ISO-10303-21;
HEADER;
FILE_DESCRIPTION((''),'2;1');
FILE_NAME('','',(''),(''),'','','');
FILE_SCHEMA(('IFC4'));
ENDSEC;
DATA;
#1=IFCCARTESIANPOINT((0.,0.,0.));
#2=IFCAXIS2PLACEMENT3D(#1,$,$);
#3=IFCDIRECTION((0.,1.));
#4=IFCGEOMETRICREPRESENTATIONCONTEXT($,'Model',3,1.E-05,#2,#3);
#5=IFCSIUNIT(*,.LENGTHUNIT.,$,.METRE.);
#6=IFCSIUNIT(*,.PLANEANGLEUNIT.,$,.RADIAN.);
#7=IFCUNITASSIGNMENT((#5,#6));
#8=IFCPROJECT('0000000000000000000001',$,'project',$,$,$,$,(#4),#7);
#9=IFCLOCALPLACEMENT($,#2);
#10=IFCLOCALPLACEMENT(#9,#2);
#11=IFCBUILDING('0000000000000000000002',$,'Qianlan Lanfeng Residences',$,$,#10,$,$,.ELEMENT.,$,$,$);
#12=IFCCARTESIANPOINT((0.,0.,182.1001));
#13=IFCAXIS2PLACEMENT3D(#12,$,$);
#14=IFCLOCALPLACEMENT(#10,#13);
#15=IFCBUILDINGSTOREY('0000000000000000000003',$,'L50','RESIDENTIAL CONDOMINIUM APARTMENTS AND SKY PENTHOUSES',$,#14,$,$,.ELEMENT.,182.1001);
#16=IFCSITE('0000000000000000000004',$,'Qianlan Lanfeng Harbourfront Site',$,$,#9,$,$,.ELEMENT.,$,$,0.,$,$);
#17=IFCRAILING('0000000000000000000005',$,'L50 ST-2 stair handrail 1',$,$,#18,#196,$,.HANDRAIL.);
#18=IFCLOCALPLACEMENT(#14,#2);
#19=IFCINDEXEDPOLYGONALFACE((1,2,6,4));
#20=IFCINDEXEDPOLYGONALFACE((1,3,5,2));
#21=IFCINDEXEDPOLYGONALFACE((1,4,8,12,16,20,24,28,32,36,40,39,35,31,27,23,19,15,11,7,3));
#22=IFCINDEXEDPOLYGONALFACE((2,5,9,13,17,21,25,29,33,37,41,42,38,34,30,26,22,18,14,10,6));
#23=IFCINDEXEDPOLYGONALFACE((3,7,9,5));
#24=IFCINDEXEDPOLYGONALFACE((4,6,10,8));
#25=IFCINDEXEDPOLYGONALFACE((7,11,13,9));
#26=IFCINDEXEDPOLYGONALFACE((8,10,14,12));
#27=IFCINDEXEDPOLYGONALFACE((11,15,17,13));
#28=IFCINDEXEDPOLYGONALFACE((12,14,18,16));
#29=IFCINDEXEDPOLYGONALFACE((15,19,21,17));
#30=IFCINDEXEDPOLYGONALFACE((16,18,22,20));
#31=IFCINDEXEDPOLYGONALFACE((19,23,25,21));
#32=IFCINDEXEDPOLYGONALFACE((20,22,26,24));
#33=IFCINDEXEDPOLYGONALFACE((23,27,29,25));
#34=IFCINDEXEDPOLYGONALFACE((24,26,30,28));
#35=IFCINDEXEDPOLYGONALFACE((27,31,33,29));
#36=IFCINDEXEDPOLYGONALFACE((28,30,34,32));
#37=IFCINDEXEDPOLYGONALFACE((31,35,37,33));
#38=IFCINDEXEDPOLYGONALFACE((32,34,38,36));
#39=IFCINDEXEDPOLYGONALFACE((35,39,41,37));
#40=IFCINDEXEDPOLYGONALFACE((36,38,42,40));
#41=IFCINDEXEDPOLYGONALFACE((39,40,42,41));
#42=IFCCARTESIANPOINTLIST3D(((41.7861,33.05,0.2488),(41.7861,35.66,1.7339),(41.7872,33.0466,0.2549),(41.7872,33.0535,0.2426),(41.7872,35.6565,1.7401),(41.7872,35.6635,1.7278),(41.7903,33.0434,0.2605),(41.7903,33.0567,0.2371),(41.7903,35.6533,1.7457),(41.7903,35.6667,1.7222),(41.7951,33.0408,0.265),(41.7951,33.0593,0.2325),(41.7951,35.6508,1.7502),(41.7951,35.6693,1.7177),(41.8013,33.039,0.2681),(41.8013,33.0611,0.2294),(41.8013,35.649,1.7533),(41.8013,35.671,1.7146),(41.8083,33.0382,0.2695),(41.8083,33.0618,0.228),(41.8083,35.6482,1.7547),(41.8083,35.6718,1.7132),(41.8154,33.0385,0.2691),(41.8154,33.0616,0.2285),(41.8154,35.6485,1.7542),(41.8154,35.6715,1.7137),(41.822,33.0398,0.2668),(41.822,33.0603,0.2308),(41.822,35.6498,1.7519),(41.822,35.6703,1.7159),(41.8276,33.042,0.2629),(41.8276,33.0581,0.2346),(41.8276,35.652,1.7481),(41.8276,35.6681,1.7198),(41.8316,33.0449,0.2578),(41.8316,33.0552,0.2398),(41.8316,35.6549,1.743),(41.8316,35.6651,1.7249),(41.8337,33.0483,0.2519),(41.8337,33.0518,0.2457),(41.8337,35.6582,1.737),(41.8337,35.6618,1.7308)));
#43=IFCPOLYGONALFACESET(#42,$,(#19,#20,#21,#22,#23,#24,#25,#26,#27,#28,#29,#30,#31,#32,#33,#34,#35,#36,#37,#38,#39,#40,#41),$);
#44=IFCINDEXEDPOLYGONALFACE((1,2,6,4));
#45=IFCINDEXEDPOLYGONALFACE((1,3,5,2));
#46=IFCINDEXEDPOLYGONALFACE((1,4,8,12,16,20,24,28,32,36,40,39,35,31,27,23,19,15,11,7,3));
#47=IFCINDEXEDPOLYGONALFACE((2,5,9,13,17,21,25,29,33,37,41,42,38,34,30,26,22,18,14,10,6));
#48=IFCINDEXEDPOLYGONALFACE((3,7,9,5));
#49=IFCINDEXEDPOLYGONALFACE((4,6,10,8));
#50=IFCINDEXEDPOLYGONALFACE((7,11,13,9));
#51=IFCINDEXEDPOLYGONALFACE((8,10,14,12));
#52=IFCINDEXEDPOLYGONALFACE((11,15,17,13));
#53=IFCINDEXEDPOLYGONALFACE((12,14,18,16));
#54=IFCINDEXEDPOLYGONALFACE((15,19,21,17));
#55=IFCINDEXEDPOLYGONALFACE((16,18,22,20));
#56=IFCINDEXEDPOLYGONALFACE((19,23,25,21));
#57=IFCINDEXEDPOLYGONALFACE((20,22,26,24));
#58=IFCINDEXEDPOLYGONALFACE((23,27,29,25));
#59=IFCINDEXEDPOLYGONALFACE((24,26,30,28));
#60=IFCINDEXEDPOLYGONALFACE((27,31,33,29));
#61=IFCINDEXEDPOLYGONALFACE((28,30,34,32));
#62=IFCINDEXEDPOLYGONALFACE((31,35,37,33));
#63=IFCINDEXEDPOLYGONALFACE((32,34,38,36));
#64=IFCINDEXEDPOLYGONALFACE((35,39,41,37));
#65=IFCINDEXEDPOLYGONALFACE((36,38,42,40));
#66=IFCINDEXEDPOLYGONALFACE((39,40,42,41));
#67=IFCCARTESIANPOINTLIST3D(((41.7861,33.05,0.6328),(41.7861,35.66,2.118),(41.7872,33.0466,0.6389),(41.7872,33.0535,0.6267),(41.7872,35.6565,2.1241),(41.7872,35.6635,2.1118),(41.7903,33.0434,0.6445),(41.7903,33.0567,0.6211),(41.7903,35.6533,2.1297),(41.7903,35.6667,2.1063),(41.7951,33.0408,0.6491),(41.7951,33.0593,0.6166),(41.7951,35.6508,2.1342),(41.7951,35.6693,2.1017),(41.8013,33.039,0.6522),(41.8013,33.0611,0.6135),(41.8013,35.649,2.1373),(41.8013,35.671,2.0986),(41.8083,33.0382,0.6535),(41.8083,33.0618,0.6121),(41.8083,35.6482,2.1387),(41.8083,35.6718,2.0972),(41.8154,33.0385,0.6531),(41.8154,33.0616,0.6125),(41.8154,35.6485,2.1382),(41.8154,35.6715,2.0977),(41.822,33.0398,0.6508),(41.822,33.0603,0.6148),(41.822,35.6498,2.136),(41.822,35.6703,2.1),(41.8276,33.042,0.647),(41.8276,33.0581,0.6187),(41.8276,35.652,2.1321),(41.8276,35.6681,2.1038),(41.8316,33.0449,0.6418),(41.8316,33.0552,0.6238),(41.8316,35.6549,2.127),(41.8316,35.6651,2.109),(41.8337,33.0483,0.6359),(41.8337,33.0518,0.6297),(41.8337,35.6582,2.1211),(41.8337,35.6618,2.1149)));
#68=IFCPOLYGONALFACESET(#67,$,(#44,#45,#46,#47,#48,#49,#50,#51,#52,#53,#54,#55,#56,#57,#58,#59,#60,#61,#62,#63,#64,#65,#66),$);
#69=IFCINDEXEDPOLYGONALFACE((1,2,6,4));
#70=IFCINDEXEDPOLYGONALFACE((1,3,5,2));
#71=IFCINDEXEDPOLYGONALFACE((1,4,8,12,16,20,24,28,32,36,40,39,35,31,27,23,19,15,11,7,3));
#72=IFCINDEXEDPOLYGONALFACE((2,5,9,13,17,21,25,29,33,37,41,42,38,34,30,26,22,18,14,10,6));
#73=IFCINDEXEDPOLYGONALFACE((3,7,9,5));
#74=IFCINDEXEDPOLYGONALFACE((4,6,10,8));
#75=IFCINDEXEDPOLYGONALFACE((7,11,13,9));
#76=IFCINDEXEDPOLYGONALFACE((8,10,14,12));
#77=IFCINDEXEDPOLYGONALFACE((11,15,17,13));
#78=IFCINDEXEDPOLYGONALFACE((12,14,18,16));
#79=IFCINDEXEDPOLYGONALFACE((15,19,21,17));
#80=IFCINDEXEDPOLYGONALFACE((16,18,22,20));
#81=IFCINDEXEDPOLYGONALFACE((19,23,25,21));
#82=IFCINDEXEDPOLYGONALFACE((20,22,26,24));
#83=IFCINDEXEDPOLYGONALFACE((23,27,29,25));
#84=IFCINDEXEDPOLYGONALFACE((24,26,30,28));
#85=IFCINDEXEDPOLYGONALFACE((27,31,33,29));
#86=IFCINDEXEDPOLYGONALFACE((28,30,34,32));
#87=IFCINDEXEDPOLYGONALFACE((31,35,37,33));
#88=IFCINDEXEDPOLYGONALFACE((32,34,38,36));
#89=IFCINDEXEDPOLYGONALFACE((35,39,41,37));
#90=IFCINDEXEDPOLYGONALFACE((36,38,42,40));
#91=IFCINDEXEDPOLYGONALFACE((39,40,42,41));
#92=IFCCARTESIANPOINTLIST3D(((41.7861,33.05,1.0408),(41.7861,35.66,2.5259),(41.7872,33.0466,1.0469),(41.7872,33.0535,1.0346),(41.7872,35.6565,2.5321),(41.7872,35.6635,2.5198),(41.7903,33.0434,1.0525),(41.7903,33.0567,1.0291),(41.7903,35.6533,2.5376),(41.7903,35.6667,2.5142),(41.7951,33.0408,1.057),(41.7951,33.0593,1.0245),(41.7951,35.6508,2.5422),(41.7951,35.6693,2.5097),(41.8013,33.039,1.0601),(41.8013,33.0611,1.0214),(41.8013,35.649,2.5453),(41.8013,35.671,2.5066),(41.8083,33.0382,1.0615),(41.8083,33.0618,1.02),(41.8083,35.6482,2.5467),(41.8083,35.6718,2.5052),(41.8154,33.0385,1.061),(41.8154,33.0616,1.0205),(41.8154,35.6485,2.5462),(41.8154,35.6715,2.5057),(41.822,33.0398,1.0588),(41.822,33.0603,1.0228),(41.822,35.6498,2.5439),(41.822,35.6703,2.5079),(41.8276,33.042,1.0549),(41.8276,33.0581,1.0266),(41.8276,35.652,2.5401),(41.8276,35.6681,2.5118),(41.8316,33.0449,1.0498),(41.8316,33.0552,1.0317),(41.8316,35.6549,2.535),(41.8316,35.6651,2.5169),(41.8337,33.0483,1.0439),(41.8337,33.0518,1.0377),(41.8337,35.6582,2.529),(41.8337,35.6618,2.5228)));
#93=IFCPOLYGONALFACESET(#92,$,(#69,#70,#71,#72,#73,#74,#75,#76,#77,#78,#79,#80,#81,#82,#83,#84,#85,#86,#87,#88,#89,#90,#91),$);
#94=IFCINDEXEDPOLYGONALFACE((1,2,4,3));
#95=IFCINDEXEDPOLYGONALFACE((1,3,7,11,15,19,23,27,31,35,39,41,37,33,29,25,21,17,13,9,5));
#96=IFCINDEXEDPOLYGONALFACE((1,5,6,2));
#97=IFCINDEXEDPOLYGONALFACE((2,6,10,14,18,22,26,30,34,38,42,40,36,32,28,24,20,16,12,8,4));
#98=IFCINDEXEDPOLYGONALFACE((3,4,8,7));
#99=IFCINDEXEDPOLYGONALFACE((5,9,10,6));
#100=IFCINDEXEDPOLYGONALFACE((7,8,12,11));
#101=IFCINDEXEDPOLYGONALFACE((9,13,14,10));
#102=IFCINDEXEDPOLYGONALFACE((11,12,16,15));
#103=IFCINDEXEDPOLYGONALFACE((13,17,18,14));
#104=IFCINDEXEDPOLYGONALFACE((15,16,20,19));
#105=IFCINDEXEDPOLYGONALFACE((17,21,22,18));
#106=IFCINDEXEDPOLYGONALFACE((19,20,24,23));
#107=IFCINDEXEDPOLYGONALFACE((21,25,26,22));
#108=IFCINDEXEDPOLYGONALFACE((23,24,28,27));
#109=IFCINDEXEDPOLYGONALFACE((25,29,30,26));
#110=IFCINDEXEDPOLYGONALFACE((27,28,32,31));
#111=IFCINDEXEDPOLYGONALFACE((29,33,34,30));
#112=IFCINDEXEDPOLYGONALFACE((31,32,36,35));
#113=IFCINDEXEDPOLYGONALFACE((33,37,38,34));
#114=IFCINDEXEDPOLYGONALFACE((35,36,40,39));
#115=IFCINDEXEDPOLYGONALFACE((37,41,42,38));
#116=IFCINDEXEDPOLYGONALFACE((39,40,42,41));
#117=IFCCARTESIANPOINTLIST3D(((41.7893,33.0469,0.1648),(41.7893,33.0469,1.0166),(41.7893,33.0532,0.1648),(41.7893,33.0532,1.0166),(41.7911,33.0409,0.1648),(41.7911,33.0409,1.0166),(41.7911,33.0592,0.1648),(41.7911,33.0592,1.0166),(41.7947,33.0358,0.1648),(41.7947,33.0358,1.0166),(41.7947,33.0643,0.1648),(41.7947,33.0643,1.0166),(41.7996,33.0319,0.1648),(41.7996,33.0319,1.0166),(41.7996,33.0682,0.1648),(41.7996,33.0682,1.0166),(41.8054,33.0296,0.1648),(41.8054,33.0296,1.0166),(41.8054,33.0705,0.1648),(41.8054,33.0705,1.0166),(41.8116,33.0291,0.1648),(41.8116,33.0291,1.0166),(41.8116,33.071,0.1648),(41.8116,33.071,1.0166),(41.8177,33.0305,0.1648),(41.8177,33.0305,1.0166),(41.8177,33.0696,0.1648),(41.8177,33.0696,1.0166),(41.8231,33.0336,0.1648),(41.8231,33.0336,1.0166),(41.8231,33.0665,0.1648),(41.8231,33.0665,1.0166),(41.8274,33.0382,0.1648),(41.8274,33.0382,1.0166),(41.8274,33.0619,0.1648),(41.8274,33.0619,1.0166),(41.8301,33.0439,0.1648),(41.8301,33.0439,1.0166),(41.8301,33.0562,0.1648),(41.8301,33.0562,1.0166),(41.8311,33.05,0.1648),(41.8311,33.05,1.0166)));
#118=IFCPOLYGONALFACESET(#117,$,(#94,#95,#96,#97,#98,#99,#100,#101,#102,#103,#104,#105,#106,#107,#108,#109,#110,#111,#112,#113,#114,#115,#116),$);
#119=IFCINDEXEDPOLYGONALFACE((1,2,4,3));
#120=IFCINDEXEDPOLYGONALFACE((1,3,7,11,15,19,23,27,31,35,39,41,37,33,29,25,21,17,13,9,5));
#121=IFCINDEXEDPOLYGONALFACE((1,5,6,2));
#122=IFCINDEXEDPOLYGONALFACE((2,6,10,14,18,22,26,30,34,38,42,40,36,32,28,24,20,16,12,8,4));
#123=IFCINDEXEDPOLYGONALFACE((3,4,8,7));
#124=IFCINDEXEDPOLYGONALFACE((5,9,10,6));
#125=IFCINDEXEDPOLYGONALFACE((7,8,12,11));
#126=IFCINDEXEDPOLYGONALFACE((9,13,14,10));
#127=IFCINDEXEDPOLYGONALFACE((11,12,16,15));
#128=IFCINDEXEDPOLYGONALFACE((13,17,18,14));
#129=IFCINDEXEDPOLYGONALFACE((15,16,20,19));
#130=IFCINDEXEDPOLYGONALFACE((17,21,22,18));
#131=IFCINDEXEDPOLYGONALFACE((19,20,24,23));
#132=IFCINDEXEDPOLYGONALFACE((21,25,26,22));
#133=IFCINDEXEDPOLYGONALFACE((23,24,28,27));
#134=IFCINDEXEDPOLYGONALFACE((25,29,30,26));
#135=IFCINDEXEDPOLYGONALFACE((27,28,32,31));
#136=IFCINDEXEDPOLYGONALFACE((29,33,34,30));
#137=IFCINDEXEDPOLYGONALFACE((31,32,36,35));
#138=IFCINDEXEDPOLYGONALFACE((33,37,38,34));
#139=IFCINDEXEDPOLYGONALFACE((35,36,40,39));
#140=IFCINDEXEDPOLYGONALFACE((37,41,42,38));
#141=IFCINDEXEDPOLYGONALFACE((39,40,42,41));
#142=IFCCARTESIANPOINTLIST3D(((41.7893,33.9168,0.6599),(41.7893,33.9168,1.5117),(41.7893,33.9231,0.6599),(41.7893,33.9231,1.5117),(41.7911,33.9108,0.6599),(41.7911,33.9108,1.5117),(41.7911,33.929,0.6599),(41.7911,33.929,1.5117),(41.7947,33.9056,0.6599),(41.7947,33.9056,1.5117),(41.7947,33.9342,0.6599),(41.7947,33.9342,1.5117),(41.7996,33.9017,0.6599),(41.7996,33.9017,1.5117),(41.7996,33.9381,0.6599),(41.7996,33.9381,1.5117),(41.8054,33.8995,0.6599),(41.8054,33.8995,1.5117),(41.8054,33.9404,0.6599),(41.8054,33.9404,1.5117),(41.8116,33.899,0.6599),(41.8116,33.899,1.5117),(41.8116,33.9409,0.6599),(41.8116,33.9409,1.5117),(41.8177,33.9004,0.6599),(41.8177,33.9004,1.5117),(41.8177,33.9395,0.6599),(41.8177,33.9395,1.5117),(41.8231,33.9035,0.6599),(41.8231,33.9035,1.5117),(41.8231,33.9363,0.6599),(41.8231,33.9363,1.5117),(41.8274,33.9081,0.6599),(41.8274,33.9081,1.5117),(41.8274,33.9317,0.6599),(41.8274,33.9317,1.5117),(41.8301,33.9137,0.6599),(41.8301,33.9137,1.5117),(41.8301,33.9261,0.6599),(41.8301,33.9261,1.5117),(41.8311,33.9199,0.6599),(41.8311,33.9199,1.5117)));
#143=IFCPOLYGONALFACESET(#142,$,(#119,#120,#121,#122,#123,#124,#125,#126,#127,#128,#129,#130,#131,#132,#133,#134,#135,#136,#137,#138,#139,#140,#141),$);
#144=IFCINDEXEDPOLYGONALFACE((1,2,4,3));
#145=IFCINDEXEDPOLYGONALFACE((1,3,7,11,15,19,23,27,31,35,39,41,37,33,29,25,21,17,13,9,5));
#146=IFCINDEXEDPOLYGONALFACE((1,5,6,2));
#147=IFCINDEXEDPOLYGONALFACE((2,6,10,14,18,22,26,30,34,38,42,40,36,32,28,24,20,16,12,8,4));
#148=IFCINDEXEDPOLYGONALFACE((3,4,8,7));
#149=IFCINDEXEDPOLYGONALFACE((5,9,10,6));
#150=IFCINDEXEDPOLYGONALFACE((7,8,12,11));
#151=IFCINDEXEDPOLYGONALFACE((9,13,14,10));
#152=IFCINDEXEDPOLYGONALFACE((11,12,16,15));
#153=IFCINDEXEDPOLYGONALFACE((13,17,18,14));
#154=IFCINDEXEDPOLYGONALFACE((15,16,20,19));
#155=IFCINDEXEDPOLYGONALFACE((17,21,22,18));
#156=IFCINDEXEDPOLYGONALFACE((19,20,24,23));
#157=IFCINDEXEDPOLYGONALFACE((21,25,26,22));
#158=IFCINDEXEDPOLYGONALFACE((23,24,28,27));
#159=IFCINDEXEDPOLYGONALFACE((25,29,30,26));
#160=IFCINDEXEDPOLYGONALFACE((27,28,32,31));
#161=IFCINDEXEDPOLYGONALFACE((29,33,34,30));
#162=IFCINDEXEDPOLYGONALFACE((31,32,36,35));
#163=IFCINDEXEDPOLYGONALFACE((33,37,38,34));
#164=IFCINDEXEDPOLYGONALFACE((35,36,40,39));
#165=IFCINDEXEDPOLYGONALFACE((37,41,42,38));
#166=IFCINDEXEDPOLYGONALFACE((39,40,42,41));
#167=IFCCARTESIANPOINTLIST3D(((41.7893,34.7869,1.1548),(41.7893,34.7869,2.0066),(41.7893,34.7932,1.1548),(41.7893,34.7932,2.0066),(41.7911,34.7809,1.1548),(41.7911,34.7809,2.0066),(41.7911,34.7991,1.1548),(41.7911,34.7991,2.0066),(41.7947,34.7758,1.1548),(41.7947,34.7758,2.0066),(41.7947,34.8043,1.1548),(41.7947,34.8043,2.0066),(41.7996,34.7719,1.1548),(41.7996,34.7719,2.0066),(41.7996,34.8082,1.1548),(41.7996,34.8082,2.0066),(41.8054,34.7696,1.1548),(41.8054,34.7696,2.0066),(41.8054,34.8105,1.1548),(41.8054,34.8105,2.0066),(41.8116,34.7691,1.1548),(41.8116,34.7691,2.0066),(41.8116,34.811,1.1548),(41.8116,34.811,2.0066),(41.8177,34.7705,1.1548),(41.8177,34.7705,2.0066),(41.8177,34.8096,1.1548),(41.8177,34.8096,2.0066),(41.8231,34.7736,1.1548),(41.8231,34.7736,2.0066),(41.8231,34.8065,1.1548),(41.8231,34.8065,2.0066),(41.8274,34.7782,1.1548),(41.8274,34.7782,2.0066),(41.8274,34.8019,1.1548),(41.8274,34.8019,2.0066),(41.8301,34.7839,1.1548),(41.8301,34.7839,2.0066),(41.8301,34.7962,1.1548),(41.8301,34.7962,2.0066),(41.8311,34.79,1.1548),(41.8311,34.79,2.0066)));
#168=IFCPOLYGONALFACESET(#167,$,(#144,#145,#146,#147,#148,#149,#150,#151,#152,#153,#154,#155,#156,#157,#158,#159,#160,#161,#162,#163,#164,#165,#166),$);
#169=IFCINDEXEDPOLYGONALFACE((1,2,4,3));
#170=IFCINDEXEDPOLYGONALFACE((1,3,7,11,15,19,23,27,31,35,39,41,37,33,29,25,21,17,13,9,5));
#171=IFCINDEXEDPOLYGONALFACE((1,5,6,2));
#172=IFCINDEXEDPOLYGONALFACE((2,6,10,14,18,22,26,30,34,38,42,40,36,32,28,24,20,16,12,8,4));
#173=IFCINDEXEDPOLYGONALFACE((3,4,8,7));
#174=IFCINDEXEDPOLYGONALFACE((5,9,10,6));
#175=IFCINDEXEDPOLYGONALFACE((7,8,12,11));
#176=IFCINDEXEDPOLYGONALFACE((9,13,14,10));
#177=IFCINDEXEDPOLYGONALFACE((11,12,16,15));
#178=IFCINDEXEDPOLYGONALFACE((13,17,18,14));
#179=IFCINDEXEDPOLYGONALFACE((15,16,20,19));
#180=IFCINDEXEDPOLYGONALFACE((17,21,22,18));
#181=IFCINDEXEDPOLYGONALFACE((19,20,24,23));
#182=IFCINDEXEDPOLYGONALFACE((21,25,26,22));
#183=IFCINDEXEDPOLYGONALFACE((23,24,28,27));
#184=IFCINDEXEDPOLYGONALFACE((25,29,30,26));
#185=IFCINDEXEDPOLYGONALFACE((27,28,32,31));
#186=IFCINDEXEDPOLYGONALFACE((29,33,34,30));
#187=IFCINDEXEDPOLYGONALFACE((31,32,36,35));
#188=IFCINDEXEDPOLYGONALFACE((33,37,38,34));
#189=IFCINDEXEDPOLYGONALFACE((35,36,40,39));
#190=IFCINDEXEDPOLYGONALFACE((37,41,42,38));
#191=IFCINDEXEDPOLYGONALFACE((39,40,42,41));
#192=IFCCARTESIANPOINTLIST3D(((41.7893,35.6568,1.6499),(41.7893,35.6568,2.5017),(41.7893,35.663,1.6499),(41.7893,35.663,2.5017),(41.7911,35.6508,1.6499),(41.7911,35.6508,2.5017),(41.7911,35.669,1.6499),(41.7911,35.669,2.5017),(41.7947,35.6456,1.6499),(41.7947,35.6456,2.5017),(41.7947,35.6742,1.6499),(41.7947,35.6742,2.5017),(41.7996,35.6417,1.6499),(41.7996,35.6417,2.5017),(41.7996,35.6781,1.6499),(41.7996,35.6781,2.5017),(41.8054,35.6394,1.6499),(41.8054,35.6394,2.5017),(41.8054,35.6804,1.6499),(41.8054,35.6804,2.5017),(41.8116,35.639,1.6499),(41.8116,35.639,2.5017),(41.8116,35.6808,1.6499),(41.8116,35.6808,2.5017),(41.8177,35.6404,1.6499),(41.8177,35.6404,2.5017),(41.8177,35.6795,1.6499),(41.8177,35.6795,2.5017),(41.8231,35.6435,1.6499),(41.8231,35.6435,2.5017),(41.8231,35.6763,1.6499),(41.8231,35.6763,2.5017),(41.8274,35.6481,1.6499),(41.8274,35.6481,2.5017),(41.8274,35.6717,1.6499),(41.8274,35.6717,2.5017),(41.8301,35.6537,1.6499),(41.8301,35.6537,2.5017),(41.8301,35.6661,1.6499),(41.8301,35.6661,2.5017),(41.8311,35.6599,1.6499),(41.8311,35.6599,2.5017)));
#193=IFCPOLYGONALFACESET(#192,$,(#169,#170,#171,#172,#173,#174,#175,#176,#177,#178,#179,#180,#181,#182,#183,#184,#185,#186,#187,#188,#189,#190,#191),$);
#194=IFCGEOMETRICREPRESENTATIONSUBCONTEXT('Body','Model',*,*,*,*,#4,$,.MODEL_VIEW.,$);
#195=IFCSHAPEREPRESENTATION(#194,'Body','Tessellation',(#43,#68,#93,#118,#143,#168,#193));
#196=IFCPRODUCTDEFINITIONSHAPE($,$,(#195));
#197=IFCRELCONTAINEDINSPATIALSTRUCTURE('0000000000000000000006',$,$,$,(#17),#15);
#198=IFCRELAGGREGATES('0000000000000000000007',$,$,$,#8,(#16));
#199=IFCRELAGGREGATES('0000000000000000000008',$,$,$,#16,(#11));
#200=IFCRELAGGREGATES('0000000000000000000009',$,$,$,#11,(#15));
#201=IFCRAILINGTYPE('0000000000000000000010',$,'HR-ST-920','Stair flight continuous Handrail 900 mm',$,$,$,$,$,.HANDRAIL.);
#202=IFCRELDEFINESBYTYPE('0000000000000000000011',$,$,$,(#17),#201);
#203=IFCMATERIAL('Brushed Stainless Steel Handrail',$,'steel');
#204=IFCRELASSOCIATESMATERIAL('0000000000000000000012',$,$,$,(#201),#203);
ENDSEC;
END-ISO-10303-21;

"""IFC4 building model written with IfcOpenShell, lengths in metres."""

from ifc_helpers import new_model, si_unit, direction, frame, origin, origin_2d, place, context, subcontext, project, spatial, circle, extrude, material, type_object, element, save


model = new_model("IFC4")

# Units and contexts
model_context = context("Model", 3, precision=1e-05, world=origin(), true_north=direction((0.0, 1.0)))
body_context = subcontext(model_context, "Body", "Model", "MODEL_VIEW")
ifc_project = project(units=[si_unit("LENGTHUNIT", "METRE"), si_unit("PLANEANGLEUNIT", "RADIAN")], contexts=[model_context])

# Site, building, storey
site_placement = place(None, origin())
site = spatial("IfcSite", under=ifc_project, at=site_placement, Name="Qianlan Lanfeng Harbourfront Site", CompositionType="ELEMENT", RefElevation=0.0)
building_placement = place(site_placement, origin())
building = spatial("IfcBuilding", under=site, at=building_placement, Name="Qianlan Lanfeng Residences", CompositionType="ELEMENT")
storey_placement = place(building_placement, frame((0.0, 0.0, 182.1001)))
storey = spatial("IfcBuildingStorey", under=building, at=storey_placement, Name="L50", Description="RESIDENTIAL CONDOMINIUM APARTMENTS AND SKY PENTHOUSES", CompositionType="ELEMENT", Elevation=182.1001)

# Railing
ifc_material_1 = material(Name="Brushed Stainless Steel Handrail", Category="steel")
railing_type_1 = type_object("IfcRailingType", Name="HR-ST-920", Description="Stair flight continuous Handrail 900 mm", PredefinedType="HANDRAIL", material=ifc_material_1)
railing_1_placement = place(storey_placement, frame((41.8101, 33.05, 0.1648)))
element("IfcRailing", 1, at=railing_1_placement, inside=storey, type_object=railing_type_1, Name="L50 ST-2 stair handrail 1", PredefinedType="HANDRAIL", context=body_context, shape_type="SweptSolid", body=[
    extrude(circle(Radius=0.0239, at=origin_2d()), frame((0.0, 0.0, 0.084), z_axis=(0.0, 0.869137, 0.494571), x_axis=(-1.0, 0.0, 0.0)), (0.0, 0.0, 1.0), 3.0029),
    extrude(circle(Radius=0.0239, at=origin_2d()), frame((0.0, 0.0, 0.468), z_axis=(0.0, 0.869137, 0.494571), x_axis=(-1.0, 0.0, 0.0)), (0.0, 0.0, 1.0), 3.0029),
    extrude(circle(Radius=0.0239, at=origin_2d()), frame((0.0, 0.0, 0.876), z_axis=(0.0, 0.869137, 0.494571), x_axis=(-1.0, 0.0, 0.0)), (0.0, 0.0, 1.0), 3.0029),
    extrude(circle(Radius=0.021, at=origin_2d()), origin(), (0.0, 0.0, 1.0), 0.8518),
    extrude(circle(Radius=0.021, at=origin_2d()), frame((0.0, 0.8699, 0.4951)), (0.0, 0.0, 1.0), 0.8518),
    extrude(circle(Radius=0.021, at=origin_2d()), frame((0.0, 1.74, 0.99)), (0.0, 0.0, 1.0), 0.8518),
    extrude(circle(Radius=0.021, at=origin_2d()), frame((0.0, 2.6099, 1.4851)), (0.0, 0.0, 1.0), 0.8518),
])

save(model, "model.ifc")
